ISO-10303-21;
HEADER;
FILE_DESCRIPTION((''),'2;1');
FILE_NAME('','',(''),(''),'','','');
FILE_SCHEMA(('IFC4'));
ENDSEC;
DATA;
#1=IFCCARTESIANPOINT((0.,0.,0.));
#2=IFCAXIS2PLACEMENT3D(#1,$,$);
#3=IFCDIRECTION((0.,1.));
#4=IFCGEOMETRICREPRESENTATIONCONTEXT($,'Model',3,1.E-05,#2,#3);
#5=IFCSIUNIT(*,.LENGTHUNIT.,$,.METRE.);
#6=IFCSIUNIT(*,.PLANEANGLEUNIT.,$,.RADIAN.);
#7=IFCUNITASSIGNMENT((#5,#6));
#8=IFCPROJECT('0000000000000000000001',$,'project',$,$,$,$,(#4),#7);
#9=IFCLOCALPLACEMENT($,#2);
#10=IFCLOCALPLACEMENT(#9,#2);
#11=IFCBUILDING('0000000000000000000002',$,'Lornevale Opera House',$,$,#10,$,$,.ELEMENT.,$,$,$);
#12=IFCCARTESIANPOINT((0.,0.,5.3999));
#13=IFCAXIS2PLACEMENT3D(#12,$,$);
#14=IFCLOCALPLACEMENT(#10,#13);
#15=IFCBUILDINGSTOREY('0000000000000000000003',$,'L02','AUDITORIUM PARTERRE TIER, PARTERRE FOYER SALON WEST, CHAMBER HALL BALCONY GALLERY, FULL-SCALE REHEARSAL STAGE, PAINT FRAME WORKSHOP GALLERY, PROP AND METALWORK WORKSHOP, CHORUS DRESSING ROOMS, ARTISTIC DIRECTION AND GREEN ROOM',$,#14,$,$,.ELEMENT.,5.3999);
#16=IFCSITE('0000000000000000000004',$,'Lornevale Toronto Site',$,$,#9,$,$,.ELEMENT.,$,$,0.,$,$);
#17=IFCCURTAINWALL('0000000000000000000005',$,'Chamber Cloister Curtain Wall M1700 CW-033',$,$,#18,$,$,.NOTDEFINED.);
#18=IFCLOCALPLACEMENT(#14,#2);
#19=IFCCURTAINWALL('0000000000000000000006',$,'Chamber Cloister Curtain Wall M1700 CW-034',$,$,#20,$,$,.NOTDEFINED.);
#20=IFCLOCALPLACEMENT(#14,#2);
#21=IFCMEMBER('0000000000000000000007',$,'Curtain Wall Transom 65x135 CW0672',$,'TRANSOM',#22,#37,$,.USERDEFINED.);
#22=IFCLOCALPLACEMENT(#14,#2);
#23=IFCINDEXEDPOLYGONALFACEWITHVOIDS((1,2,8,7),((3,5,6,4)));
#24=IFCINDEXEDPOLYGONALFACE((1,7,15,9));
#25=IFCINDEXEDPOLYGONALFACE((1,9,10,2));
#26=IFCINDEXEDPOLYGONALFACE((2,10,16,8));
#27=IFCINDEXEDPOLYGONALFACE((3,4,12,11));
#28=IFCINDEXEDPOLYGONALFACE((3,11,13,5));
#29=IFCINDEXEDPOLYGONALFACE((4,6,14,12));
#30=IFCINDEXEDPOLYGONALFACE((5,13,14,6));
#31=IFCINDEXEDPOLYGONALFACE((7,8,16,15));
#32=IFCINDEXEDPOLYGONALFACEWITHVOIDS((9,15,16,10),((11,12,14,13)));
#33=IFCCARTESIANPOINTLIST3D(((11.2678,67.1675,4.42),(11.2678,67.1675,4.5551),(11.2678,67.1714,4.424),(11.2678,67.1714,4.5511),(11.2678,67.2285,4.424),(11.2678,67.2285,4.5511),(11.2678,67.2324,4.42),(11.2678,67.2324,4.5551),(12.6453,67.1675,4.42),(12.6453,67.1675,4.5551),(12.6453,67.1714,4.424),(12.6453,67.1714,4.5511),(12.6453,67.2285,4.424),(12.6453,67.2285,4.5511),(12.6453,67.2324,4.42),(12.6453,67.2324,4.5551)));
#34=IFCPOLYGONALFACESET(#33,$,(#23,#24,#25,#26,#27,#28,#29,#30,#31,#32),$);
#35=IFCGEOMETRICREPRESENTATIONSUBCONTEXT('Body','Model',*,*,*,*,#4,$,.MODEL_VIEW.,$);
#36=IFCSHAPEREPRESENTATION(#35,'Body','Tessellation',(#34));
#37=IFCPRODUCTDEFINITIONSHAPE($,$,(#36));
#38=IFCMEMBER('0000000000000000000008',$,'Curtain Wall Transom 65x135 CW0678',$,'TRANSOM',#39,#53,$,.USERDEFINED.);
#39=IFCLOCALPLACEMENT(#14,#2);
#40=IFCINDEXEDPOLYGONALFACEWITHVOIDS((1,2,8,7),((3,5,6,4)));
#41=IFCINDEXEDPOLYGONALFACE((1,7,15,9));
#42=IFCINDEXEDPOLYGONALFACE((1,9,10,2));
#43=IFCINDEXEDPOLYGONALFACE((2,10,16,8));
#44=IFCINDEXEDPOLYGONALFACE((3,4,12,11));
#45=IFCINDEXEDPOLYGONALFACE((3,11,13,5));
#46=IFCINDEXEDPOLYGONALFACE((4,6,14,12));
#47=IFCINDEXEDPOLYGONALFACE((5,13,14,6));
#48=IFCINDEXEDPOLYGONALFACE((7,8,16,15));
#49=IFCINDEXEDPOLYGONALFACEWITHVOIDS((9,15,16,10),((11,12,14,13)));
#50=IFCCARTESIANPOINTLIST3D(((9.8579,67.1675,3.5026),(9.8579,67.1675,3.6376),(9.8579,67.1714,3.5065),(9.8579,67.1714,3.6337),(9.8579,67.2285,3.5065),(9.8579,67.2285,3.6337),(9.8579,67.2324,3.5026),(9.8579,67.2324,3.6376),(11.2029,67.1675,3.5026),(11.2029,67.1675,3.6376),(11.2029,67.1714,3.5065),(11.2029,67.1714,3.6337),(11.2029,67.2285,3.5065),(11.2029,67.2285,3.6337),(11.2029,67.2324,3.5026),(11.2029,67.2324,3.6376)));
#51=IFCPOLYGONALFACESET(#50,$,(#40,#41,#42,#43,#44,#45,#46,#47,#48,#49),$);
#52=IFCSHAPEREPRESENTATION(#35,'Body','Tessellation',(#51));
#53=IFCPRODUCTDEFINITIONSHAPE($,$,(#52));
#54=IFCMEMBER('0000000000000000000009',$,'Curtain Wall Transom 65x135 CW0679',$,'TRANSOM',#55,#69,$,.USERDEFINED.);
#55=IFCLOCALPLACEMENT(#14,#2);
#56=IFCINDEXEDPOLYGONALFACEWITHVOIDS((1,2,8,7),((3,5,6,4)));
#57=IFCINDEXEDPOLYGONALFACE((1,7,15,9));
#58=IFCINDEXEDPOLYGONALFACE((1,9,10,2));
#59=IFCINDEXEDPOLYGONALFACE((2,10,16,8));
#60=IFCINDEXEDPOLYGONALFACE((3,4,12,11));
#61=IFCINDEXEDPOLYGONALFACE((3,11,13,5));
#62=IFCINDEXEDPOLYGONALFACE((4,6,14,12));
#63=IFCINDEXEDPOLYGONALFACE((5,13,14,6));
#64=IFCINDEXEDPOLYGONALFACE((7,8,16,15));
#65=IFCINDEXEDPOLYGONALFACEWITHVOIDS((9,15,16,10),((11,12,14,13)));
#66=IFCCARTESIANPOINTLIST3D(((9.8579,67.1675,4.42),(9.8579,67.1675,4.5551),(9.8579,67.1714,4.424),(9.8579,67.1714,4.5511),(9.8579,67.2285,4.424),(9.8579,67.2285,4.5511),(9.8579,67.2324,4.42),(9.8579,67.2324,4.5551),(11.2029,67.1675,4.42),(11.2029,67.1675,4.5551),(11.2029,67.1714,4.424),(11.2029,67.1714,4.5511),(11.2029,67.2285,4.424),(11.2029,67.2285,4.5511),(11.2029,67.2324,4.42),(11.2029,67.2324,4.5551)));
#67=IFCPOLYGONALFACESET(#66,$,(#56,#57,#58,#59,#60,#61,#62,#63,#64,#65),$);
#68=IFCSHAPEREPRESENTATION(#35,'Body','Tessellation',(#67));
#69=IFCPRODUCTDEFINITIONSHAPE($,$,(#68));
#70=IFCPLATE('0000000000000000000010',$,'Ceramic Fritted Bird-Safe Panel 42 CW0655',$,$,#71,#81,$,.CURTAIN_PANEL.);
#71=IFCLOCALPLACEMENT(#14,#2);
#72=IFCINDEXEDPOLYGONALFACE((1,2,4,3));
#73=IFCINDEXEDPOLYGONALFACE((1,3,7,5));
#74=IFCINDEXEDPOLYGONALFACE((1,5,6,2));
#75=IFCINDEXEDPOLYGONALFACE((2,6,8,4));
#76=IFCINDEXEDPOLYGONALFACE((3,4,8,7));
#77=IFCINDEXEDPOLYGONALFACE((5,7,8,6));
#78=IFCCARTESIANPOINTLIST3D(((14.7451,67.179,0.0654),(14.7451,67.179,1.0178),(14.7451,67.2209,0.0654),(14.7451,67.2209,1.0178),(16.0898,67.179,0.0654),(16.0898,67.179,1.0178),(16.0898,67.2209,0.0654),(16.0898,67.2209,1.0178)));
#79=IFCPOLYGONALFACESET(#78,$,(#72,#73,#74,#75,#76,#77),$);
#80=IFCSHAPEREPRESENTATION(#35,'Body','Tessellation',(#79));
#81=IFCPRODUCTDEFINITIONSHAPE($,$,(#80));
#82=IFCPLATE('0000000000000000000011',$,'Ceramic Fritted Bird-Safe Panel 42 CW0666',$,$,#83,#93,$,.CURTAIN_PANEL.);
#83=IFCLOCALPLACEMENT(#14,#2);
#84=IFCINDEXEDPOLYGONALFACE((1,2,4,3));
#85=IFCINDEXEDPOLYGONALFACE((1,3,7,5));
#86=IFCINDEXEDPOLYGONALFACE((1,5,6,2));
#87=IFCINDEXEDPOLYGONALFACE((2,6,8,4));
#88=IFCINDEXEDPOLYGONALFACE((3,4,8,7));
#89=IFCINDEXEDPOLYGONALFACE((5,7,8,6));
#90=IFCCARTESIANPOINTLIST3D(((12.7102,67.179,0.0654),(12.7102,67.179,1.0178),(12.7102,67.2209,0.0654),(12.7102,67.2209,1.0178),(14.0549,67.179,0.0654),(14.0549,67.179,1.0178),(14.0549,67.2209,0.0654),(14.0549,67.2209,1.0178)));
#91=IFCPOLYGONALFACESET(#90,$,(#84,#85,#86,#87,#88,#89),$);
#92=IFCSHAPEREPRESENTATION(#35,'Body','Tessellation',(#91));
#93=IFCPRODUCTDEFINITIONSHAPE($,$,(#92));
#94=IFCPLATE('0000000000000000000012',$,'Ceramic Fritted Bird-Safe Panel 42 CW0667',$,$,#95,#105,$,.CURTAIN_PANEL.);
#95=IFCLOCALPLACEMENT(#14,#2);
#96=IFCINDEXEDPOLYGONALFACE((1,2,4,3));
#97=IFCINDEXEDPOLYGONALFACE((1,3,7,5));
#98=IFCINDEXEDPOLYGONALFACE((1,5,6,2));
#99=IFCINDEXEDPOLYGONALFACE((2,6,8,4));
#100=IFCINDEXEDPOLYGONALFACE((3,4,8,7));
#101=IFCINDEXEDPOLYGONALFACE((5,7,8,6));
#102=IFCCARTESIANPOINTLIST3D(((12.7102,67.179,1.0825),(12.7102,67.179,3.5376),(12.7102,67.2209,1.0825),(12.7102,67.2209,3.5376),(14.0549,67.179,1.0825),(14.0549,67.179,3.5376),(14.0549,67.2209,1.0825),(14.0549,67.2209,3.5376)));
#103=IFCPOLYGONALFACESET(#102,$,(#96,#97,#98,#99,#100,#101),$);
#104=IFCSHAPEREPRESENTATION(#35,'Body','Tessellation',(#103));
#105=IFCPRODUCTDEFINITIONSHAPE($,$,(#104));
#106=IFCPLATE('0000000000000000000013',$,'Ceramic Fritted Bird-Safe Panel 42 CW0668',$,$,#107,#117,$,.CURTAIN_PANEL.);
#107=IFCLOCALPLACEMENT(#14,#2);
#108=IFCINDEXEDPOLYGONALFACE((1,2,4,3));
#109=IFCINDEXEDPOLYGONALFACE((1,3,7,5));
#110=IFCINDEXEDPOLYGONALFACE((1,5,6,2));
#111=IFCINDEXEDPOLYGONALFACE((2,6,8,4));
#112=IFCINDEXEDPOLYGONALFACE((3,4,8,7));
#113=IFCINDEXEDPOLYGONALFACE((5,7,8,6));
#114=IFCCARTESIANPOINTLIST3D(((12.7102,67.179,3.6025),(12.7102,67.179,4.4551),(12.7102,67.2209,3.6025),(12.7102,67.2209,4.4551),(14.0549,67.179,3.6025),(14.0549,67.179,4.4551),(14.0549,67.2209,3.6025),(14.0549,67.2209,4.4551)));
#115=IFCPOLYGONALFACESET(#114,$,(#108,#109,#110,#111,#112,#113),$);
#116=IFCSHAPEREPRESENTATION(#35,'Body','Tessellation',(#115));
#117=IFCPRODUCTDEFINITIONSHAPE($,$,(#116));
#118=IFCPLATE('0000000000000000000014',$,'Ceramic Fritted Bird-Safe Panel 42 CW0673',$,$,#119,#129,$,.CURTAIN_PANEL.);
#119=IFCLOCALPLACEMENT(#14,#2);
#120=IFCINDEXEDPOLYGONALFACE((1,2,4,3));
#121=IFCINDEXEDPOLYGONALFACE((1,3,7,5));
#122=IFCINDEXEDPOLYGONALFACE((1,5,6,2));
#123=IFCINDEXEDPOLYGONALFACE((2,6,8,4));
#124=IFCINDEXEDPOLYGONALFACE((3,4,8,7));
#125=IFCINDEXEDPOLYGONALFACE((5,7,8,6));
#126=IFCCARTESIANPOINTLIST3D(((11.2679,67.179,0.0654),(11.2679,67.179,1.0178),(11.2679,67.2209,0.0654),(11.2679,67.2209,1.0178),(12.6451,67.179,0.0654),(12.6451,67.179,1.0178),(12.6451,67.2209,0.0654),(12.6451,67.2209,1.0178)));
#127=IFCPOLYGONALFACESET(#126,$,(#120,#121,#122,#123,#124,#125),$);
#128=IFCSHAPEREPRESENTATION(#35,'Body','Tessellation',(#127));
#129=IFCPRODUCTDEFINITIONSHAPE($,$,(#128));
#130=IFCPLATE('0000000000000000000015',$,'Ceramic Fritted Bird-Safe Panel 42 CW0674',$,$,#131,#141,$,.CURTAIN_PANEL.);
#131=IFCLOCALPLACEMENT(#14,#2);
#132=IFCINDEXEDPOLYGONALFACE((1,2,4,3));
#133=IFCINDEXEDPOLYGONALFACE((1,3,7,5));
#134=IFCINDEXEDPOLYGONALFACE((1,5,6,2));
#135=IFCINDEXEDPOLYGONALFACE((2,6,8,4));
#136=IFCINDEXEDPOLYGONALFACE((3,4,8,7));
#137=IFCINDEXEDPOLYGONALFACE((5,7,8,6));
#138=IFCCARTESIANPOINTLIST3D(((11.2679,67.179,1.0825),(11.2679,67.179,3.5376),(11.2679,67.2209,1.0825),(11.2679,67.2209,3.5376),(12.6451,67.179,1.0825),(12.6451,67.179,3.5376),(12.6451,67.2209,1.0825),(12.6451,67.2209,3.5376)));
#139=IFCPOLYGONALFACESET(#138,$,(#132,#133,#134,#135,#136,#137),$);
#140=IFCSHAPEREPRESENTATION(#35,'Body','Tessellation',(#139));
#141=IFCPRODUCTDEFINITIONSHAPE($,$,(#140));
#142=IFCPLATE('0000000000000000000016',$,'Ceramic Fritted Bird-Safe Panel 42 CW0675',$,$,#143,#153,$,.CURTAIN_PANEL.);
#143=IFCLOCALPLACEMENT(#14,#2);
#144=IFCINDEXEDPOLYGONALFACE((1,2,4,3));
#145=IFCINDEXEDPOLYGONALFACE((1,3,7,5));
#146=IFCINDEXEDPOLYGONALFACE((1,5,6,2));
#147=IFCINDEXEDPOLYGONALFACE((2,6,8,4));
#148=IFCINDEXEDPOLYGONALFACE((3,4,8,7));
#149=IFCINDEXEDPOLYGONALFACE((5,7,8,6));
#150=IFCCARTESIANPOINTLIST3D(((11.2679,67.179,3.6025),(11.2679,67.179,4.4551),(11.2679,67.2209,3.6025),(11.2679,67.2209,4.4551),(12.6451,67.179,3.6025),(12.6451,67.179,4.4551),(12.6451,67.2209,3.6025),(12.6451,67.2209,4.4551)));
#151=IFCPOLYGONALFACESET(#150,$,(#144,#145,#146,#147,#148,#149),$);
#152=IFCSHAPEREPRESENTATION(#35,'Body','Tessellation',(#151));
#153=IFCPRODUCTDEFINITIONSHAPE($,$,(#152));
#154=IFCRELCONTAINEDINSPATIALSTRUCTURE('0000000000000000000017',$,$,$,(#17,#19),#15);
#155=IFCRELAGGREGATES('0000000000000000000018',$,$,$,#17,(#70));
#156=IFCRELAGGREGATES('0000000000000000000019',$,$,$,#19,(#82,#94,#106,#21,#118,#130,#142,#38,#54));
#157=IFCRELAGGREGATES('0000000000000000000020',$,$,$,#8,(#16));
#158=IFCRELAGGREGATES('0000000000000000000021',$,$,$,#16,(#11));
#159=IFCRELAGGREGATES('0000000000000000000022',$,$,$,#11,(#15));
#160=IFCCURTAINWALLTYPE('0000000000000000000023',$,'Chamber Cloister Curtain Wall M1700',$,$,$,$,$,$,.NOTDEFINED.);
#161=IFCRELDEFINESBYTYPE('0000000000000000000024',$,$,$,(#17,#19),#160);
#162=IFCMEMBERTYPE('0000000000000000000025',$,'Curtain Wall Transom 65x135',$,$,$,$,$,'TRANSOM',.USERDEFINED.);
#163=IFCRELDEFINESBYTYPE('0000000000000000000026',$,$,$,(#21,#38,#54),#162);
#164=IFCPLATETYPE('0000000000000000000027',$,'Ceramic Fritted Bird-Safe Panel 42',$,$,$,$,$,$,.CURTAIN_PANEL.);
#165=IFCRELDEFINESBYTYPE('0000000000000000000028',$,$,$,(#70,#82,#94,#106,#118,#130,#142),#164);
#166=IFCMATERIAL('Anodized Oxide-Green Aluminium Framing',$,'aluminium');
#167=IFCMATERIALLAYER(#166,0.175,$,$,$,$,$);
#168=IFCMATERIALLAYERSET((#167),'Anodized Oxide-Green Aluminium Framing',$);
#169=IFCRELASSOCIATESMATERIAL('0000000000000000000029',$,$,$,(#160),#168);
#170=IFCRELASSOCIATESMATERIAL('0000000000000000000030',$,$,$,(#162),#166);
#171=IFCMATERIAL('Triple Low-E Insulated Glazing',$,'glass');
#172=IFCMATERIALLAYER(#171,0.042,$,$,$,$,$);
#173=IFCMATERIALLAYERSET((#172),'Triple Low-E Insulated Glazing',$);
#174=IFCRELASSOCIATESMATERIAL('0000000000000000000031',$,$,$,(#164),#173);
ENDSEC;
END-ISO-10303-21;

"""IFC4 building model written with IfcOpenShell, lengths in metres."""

from ifc_helpers import new_model, si_unit, direction, frame, origin, origin_2d, place, context, subcontext, project, spatial, rectangle, hollow_rectangle, extrude, material, layer, layer_set, material_profile, profile_set, type_object, element, aggregate, save


model = new_model("IFC4")

# Units and contexts
model_context = context("Model", 3, precision=1e-05, world=origin(), true_north=direction((0.0, 1.0)))
body_context = subcontext(model_context, "Body", "Model", "MODEL_VIEW")
ifc_project = project(units=[si_unit("LENGTHUNIT", "METRE"), si_unit("PLANEANGLEUNIT", "RADIAN")], contexts=[model_context])

# Site, building, storey
site_placement = place(None, origin())
site = spatial("IfcSite", under=ifc_project, at=site_placement, Name="Lornevale Toronto Site", CompositionType="ELEMENT", RefElevation=0.0)
building_placement = place(site_placement, origin())
building = spatial("IfcBuilding", under=site, at=building_placement, Name="Lornevale Opera House", CompositionType="ELEMENT")
storey_placement = place(building_placement, frame((0.0, 0.0, 5.3999)))
storey = spatial("IfcBuildingStorey", under=building, at=storey_placement, Name="L02", Description="AUDITORIUM PARTERRE TIER, PARTERRE FOYER SALON WEST, CHAMBER HALL BALCONY GALLERY, FULL-SCALE REHEARSAL STAGE, PAINT FRAME WORKSHOP GALLERY, PROP AND METALWORK WORKSHOP, CHORUS DRESSING ROOMS, ARTISTIC DIRECTION AND GREEN ROOM", CompositionType="ELEMENT", Elevation=5.3999)

# Curtain wall
ifc_material_1 = material(Name="Anodized Oxide-Green Aluminium Framing", Category="aluminium")
ifc_layer_1 = layer(ifc_material_1, 0.175)
ifc_layer_set_1 = layer_set([ifc_layer_1], Name="Anodized Oxide-Green Aluminium Framing")
curtain_wall_type = type_object("IfcCurtainWallType", Name="Chamber Cloister Curtain Wall M1700", PredefinedType="NOTDEFINED", material=ifc_layer_set_1)
curtain_wall_1_placement = place(storey_placement, origin())
curtain_wall_1 = element("IfcCurtainWall", 1, at=curtain_wall_1_placement, inside=storey, type_object=curtain_wall_type, Name="Chamber Cloister Curtain Wall M1700 CW-033", PredefinedType="NOTDEFINED")

# Curtain wall, members
curtain_wall_2_placement = place(storey_placement, origin())
curtain_wall_2 = element("IfcCurtainWall", 2, at=curtain_wall_2_placement, inside=storey, type_object=curtain_wall_type, Name="Chamber Cloister Curtain Wall M1700 CW-034", PredefinedType="NOTDEFINED")
ifc_material_profile_1 = material_profile(ifc_material_1, hollow_rectangle(XDim=0.0649, YDim=0.135, WallThickness=0.0039, at=origin_2d()), Name="ALU65x135x4")
ifc_profile_set_1 = profile_set([ifc_material_profile_1], Name="Anodized Oxide-Green Aluminium Framing")
member_type_1 = type_object("IfcMemberType", Name="Curtain Wall Transom 65x135", ElementType="TRANSOM", PredefinedType="USERDEFINED", material=ifc_profile_set_1)
member_1_placement = place(storey_placement, frame((12.6453, 67.2, 4.4875), z_axis=(-1.0, 0.0, 0.0), x_axis=(0.0, -1.0, 0.0)))
member_1 = element("IfcMember", 3, at=member_1_placement, type_object=member_type_1, Name="Curtain Wall Transom 65x135 CW0672", ObjectType="TRANSOM", PredefinedType="USERDEFINED", context=body_context, shape_type="SweptSolid", body=[
    extrude(hollow_rectangle(XDim=0.0649, YDim=0.135, WallThickness=0.0039, at=origin_2d()), origin(), (0.0, 0.0, 1.0), 1.3774),
])
member_2_placement = place(storey_placement, frame((11.2029, 67.2, 3.5701), z_axis=(-1.0, 0.0, 0.0), x_axis=(0.0, -1.0, 0.0)))
member_2 = element("IfcMember", 4, at=member_2_placement, type_object=member_type_1, Name="Curtain Wall Transom 65x135 CW0678", ObjectType="TRANSOM", PredefinedType="USERDEFINED", context=body_context, shape_type="SweptSolid", body=[
    extrude(hollow_rectangle(XDim=0.0649, YDim=0.135, WallThickness=0.0039, at=origin_2d()), origin(), (0.0, 0.0, 1.0), 1.345),
])
member_3_placement = place(storey_placement, frame((11.2029, 67.2, 4.4875), z_axis=(-1.0, 0.0, 0.0), x_axis=(0.0, -1.0, 0.0)))
member_3 = element("IfcMember", 5, at=member_3_placement, type_object=member_type_1, Name="Curtain Wall Transom 65x135 CW0679", ObjectType="TRANSOM", PredefinedType="USERDEFINED", context=body_context, shape_type="SweptSolid", body=[
    extrude(hollow_rectangle(XDim=0.0649, YDim=0.135, WallThickness=0.0039, at=origin_2d()), origin(), (0.0, 0.0, 1.0), 1.345),
])

# Plates
ifc_material_2 = material(Name="Triple Low-E Insulated Glazing", Category="glass")
ifc_layer_2 = layer(ifc_material_2, 0.042)
ifc_layer_set_2 = layer_set([ifc_layer_2], Name="Triple Low-E Insulated Glazing")
plate_type = type_object("IfcPlateType", Name="Ceramic Fritted Bird-Safe Panel 42", PredefinedType="CURTAIN_PANEL", material=ifc_layer_set_2)
plate_1_placement = place(storey_placement, frame((15.4175, 67.2, 0.0654), z_axis=(0.0, 0.0, 1.0), x_axis=(-1.0, 0.0, 0.0)))
plate_1 = element("IfcPlate", 6, at=plate_1_placement, type_object=plate_type, Name="Ceramic Fritted Bird-Safe Panel 42 CW0655", PredefinedType="CURTAIN_PANEL", context=body_context, shape_type="SweptSolid", body=[
    extrude(rectangle(XDim=1.3447, YDim=0.042, at=origin_2d()), origin(), (0.0, 0.0, 1.0), 0.9524),
])
aggregate(curtain_wall_1, [plate_1])
plate_2_placement = place(storey_placement, frame((13.3826, 67.2, 0.0654), z_axis=(0.0, 0.0, 1.0), x_axis=(-1.0, 0.0, 0.0)))
plate_2 = element("IfcPlate", 7, at=plate_2_placement, type_object=plate_type, Name="Ceramic Fritted Bird-Safe Panel 42 CW0666", PredefinedType="CURTAIN_PANEL", context=body_context, shape_type="SweptSolid", body=[
    extrude(rectangle(XDim=1.3447, YDim=0.042, at=origin_2d()), origin(), (0.0, 0.0, 1.0), 0.9524),
])
plate_3_placement = place(storey_placement, frame((13.3826, 67.2, 1.0825), z_axis=(0.0, 0.0, 1.0), x_axis=(-1.0, 0.0, 0.0)))
plate_3 = element("IfcPlate", 8, at=plate_3_placement, type_object=plate_type, Name="Ceramic Fritted Bird-Safe Panel 42 CW0667", PredefinedType="CURTAIN_PANEL", context=body_context, shape_type="SweptSolid", body=[
    extrude(rectangle(XDim=1.3447, YDim=0.042, at=origin_2d()), origin(), (0.0, 0.0, 1.0), 2.4551),
])
plate_4_placement = place(storey_placement, frame((13.3826, 67.2, 3.6025), z_axis=(0.0, 0.0, 1.0), x_axis=(-1.0, 0.0, 0.0)))
plate_4 = element("IfcPlate", 9, at=plate_4_placement, type_object=plate_type, Name="Ceramic Fritted Bird-Safe Panel 42 CW0668", PredefinedType="CURTAIN_PANEL", context=body_context, shape_type="SweptSolid", body=[
    extrude(rectangle(XDim=1.3447, YDim=0.042, at=origin_2d()), origin(), (0.0, 0.0, 1.0), 0.8525),
])
plate_5_placement = place(storey_placement, frame((11.9565, 67.2, 0.0654), z_axis=(0.0, 0.0, 1.0), x_axis=(-1.0, 0.0, 0.0)))
plate_5 = element("IfcPlate", 10, at=plate_5_placement, type_object=plate_type, Name="Ceramic Fritted Bird-Safe Panel 42 CW0673", PredefinedType="CURTAIN_PANEL", context=body_context, shape_type="SweptSolid", body=[
    extrude(rectangle(XDim=1.3772, YDim=0.042, at=origin_2d()), origin(), (0.0, 0.0, 1.0), 0.9524),
])
plate_6_placement = place(storey_placement, frame((11.9565, 67.2, 1.0825), z_axis=(0.0, 0.0, 1.0), x_axis=(-1.0, 0.0, 0.0)))
plate_6 = element("IfcPlate", 11, at=plate_6_placement, type_object=plate_type, Name="Ceramic Fritted Bird-Safe Panel 42 CW0674", PredefinedType="CURTAIN_PANEL", context=body_context, shape_type="SweptSolid", body=[
    extrude(rectangle(XDim=1.3772, YDim=0.042, at=origin_2d()), origin(), (0.0, 0.0, 1.0), 2.4551),
])
plate_7_placement = place(storey_placement, frame((11.9565, 67.2, 3.6025), z_axis=(0.0, 0.0, 1.0), x_axis=(-1.0, 0.0, 0.0)))
plate_7 = element("IfcPlate", 12, at=plate_7_placement, type_object=plate_type, Name="Ceramic Fritted Bird-Safe Panel 42 CW0675", PredefinedType="CURTAIN_PANEL", context=body_context, shape_type="SweptSolid", body=[
    extrude(rectangle(XDim=1.3772, YDim=0.042, at=origin_2d()), origin(), (0.0, 0.0, 1.0), 0.8525),
])
aggregate(curtain_wall_2, [plate_2, plate_3, plate_4, member_1, plate_5, plate_6, plate_7, member_2, member_3])

save(model, "model.ifc")
